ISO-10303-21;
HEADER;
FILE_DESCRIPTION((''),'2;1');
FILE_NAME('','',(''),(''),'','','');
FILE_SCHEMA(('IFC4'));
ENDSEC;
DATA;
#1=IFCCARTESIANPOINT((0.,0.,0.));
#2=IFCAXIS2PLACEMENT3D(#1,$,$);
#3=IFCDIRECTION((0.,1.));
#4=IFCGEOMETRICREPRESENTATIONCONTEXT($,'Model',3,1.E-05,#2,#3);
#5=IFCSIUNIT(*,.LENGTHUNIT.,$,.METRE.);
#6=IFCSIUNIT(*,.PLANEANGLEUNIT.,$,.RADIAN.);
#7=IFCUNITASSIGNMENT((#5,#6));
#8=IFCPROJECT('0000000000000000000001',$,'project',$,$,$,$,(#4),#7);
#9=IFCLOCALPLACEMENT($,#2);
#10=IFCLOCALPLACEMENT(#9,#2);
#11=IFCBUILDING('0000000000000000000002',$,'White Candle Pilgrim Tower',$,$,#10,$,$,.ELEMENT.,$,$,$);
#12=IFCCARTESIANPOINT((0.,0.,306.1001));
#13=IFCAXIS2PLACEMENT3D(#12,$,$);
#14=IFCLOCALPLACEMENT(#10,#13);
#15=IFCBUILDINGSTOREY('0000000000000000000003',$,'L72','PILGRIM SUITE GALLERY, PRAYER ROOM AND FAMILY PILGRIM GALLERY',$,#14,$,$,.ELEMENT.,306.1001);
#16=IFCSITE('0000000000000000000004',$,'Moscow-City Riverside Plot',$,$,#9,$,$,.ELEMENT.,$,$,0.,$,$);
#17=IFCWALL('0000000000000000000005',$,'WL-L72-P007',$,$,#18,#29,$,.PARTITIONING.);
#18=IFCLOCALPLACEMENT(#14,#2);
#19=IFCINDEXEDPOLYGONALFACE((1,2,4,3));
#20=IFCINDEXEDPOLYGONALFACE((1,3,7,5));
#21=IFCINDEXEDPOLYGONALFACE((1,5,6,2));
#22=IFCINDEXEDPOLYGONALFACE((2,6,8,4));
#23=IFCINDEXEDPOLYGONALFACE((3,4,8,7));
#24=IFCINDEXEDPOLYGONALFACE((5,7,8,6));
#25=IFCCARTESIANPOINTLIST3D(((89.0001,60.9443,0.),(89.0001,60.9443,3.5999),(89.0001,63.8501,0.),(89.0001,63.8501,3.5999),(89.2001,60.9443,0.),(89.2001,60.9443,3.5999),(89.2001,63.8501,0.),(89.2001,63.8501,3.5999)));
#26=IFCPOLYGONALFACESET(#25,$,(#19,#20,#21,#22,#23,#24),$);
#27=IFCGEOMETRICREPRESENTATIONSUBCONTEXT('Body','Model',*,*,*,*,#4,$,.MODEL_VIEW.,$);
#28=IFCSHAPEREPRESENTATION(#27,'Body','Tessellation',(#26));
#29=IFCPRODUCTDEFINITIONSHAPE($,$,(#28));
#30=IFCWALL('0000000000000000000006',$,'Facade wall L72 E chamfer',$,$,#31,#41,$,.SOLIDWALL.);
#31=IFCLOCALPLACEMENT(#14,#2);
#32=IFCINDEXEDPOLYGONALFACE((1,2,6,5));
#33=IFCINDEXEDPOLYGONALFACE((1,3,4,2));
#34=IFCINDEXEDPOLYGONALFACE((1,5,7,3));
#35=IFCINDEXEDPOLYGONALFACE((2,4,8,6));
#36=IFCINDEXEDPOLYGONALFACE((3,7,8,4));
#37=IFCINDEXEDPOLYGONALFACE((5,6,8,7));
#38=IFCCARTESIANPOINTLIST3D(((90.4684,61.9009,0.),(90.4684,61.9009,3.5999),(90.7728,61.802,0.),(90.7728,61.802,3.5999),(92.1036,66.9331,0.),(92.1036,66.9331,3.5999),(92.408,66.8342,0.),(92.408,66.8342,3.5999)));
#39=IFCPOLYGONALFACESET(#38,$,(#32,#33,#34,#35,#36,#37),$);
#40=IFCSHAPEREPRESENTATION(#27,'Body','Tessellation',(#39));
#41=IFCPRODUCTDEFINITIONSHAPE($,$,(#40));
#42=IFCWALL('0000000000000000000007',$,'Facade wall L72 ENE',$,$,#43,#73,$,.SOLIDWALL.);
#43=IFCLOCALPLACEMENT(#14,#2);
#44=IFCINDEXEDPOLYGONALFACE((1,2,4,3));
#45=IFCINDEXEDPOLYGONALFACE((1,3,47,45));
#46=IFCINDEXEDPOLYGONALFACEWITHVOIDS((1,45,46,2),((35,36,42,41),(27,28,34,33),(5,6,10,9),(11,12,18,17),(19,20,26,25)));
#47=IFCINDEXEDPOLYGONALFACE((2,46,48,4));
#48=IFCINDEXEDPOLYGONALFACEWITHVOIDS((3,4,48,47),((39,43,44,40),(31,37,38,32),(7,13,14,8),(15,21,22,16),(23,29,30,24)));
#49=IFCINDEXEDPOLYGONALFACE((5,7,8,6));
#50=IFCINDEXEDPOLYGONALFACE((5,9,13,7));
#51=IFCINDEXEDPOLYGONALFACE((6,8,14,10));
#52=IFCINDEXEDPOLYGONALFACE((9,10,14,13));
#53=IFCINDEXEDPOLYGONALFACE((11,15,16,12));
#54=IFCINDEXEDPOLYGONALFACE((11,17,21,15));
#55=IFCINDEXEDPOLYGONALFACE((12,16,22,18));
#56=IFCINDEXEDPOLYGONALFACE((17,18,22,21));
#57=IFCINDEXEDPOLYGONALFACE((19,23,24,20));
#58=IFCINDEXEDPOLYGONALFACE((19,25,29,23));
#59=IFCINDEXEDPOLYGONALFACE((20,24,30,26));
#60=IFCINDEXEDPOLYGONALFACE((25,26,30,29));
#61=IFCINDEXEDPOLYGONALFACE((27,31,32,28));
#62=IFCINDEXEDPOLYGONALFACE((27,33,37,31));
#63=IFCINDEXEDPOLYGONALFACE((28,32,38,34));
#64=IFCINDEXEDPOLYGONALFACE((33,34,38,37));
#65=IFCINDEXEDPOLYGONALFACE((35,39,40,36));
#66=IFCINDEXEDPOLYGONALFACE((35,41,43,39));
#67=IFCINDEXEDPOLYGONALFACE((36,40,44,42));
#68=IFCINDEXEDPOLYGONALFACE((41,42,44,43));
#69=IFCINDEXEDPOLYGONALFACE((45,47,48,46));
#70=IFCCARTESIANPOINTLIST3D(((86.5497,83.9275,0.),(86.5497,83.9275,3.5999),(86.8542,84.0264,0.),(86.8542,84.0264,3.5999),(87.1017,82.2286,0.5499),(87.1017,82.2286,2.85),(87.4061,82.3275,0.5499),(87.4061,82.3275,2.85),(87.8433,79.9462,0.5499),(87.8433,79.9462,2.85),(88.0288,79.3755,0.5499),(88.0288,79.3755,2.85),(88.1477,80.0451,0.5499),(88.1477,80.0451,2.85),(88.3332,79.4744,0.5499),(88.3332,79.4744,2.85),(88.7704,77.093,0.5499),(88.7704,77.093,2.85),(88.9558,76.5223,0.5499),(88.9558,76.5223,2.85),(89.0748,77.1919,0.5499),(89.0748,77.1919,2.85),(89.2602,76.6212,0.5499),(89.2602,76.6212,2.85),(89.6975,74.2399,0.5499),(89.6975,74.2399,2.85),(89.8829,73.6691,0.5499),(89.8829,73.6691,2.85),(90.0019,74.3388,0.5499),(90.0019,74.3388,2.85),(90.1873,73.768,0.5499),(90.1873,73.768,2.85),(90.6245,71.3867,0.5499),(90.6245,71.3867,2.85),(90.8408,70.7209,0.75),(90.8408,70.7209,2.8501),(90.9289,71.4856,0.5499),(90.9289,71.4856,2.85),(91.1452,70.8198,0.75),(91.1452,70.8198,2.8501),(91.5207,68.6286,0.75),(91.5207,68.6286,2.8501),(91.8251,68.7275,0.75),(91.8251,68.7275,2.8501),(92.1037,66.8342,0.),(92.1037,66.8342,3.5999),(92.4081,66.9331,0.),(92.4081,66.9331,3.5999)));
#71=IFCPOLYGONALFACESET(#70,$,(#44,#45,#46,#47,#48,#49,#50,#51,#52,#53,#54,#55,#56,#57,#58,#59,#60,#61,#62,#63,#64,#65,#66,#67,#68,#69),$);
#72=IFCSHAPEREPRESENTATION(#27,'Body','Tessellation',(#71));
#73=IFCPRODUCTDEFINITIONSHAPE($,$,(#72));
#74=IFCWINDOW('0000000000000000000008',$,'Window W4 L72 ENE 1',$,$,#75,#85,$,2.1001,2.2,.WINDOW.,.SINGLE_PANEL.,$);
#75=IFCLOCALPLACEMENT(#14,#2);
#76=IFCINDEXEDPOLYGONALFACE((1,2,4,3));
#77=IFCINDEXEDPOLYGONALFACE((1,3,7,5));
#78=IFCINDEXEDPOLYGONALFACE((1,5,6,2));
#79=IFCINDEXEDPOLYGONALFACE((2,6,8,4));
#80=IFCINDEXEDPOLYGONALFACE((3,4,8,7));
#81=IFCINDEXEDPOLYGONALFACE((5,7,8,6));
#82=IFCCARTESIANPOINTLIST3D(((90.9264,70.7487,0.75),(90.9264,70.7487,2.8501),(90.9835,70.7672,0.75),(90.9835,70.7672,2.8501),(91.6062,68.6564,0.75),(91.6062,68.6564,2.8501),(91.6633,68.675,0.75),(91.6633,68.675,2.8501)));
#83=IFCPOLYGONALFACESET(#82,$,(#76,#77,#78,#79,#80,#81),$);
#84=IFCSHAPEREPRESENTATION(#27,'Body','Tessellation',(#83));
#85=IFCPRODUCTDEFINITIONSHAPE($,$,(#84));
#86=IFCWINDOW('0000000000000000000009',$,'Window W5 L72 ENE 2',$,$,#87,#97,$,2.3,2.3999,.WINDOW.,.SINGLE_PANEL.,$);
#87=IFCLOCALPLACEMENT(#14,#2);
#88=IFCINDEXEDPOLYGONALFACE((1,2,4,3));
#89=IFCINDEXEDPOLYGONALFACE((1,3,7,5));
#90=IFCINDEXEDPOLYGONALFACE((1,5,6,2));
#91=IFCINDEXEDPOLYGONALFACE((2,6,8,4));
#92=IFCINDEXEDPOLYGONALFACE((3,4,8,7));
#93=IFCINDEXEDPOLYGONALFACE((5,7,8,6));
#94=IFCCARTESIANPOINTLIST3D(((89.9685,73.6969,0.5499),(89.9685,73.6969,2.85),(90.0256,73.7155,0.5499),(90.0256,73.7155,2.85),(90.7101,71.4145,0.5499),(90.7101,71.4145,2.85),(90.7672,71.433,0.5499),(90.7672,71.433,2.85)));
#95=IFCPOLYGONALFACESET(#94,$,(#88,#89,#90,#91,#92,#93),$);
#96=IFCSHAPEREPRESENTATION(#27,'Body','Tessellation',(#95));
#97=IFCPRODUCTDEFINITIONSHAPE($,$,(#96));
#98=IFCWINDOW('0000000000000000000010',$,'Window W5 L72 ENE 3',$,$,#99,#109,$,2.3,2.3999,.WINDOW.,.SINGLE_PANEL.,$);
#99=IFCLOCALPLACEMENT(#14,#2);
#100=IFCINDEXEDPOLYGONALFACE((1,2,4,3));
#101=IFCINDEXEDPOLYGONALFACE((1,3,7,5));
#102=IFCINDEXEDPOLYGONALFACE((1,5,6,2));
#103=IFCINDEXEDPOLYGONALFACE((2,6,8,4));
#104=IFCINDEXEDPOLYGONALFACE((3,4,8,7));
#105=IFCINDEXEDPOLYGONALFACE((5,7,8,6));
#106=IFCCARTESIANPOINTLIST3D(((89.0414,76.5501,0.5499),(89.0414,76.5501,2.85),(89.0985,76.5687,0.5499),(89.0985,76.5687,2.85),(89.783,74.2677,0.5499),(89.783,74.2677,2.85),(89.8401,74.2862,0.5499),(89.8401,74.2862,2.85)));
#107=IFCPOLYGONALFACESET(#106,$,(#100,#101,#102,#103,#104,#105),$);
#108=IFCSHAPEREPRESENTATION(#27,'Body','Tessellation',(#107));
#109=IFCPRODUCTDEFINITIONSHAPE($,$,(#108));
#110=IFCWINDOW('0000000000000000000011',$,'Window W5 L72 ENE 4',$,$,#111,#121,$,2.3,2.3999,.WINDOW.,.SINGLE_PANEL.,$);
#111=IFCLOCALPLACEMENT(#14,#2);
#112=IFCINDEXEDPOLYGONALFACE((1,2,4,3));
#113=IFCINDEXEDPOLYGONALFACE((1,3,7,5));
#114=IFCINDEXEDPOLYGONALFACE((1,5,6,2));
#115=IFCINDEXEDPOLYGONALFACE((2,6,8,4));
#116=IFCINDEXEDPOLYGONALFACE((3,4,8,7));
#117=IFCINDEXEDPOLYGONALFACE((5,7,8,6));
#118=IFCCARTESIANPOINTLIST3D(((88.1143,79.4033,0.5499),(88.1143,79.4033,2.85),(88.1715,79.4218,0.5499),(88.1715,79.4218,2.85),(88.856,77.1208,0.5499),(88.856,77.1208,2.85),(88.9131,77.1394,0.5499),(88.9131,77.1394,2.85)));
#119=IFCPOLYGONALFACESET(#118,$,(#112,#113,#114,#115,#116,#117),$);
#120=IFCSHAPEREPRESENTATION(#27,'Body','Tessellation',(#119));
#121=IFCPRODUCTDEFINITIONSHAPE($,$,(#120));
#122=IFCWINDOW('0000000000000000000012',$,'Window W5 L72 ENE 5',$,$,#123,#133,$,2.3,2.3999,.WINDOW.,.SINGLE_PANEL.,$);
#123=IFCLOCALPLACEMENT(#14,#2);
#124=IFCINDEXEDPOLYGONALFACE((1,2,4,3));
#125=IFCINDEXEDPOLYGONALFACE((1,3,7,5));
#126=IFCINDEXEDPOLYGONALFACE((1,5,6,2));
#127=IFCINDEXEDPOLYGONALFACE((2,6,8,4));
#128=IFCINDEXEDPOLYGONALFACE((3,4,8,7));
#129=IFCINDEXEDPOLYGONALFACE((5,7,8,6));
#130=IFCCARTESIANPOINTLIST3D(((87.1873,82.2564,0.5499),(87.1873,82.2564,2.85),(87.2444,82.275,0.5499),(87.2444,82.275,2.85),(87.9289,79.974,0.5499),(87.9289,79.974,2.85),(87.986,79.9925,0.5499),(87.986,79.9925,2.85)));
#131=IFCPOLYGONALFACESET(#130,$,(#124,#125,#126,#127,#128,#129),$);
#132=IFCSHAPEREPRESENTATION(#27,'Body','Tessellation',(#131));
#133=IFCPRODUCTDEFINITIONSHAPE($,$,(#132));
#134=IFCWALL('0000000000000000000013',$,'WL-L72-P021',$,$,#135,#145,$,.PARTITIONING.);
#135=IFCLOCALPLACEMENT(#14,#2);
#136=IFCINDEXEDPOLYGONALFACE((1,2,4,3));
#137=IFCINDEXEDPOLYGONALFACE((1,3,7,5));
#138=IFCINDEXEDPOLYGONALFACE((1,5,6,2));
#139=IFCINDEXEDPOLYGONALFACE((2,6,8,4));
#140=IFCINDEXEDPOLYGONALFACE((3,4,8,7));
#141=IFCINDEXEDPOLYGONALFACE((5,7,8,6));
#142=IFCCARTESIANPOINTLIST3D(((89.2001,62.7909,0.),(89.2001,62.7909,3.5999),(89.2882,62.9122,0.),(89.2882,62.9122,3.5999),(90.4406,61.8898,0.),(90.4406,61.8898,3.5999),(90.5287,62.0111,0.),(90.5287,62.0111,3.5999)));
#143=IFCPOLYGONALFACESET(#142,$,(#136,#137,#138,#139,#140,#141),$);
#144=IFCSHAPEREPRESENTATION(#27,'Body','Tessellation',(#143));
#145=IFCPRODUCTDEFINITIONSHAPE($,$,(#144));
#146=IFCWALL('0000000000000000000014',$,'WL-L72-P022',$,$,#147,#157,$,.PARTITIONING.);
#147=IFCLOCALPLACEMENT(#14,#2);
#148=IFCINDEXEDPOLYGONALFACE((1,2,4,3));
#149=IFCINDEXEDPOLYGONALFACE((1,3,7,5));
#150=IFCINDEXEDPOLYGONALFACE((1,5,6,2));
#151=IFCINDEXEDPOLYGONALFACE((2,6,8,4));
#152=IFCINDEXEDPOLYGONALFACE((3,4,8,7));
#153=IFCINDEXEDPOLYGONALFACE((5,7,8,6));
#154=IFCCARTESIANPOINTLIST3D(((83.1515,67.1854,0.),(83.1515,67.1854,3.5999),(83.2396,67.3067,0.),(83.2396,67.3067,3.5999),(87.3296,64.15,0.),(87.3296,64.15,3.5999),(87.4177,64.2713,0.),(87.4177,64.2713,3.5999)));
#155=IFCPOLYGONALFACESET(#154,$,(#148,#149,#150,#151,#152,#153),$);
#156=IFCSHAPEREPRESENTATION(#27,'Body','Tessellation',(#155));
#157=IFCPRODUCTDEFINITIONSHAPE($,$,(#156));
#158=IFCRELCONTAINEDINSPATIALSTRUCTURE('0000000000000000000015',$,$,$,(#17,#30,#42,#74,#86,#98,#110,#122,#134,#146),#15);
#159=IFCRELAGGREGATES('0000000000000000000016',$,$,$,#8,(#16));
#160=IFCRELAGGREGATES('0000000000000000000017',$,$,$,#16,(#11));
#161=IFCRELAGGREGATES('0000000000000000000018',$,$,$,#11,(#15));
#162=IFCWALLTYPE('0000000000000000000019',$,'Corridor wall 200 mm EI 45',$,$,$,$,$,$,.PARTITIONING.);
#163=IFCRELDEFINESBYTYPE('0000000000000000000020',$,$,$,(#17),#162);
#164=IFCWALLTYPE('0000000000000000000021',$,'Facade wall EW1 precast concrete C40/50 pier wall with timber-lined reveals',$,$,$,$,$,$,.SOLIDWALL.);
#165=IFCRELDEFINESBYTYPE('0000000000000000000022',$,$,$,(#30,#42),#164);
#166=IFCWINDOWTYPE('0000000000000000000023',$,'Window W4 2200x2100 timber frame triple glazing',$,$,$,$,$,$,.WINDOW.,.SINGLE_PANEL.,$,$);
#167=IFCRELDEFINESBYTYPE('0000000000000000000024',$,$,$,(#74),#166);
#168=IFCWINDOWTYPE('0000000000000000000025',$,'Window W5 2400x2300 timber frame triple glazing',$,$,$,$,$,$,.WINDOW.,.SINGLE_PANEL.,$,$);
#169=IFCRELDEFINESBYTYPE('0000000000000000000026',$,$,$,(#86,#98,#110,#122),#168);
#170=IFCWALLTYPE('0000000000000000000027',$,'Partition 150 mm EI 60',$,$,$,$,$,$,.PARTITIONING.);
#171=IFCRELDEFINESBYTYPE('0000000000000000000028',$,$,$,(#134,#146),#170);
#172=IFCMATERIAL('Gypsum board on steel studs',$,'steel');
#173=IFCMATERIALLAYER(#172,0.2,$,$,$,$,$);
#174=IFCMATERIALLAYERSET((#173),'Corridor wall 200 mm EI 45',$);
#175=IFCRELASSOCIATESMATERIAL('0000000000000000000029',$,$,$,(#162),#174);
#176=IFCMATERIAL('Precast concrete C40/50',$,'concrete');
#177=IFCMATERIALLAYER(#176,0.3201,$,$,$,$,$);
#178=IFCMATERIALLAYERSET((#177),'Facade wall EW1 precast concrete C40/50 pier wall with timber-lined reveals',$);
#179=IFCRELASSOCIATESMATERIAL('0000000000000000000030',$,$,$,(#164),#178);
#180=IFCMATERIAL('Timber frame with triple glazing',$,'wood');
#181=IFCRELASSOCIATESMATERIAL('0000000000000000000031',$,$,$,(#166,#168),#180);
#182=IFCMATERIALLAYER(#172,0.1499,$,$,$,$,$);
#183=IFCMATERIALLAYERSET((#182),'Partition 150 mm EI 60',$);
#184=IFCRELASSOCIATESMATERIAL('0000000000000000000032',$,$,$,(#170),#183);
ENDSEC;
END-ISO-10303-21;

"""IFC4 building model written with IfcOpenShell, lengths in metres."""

from ifc_helpers import new_model, si_unit, direction, frame, frame_2d, origin, place, context, subcontext, project, spatial, rectangle, extrude, material, layer, layer_set, type_object, element, fill, save


model = new_model("IFC4")

# Units and contexts
model_context = context("Model", 3, precision=1e-05, world=origin(), true_north=direction((0.0, 1.0)))
body_context = subcontext(model_context, "Body", "Model", "MODEL_VIEW")
ifc_project = project(units=[si_unit("LENGTHUNIT", "METRE"), si_unit("PLANEANGLEUNIT", "RADIAN")], contexts=[model_context])

# Site, building, storey
site_placement = place(None, origin())
site = spatial("IfcSite", under=ifc_project, at=site_placement, Name="Moscow-City Riverside Plot", CompositionType="ELEMENT", RefElevation=0.0)
building_placement = place(site_placement, origin())
building = spatial("IfcBuilding", under=site, at=building_placement, Name="White Candle Pilgrim Tower", CompositionType="ELEMENT")
storey_placement = place(building_placement, frame((0.0, 0.0, 306.1001)))
storey = spatial("IfcBuildingStorey", under=building, at=storey_placement, Name="L72", Description="PILGRIM SUITE GALLERY, PRAYER ROOM AND FAMILY PILGRIM GALLERY", CompositionType="ELEMENT", Elevation=306.1001)

# Shared definitions
ifc_material_1 = material(Name="Gypsum board on steel studs", Category="steel")
ifc_layer_1 = layer(ifc_material_1, 0.2)
ifc_layer_set_1 = layer_set([ifc_layer_1], Name="Corridor wall 200 mm EI 45")
wall_type_1 = type_object("IfcWallType", Name="Corridor wall 200 mm EI 45", PredefinedType="PARTITIONING", material=ifc_layer_set_1)

# Walls
wall_1_placement = place(storey_placement, frame((89.1001, 63.8501, 0.0), z_axis=(0.0, 0.0, 1.0), x_axis=(0.0, -1.0, 0.0)))
element("IfcWall", 1, at=wall_1_placement, inside=storey, type_object=wall_type_1, Name="WL-L72-P007", PredefinedType="PARTITIONING", context=body_context, shape_type="SweptSolid", body=[
    extrude(rectangle(XDim=2.9058, YDim=0.2, at=frame_2d((1.4529, 0.0))), origin(), (0.0, 0.0, 1.0), 3.5999),
])
ifc_material_2 = material(Name="Precast concrete C40/50", Category="concrete")
ifc_layer_2 = layer(ifc_material_2, 0.3201)
ifc_layer_set_2 = layer_set([ifc_layer_2], Name="Facade wall EW1 precast concrete C40/50 pier wall with timber-lined reveals")
wall_type_2 = type_object("IfcWallType", Name="Facade wall EW1 precast concrete C40/50 pier wall with timber-lined reveals", PredefinedType="SOLIDWALL", material=ifc_layer_set_2)
wall_2_placement = place(storey_placement, frame((90.6206, 61.8516, 0.0), z_axis=(0.0, 0.0, 1.0), x_axis=(0.309049, 0.951046, 0.0)))
element("IfcWall", 2, at=wall_2_placement, inside=storey, type_object=wall_type_2, Name="Facade wall L72 E chamfer", PredefinedType="SOLIDWALL", context=body_context, shape_type="SweptSolid", body=[
    extrude(rectangle(XDim=5.2913, YDim=0.3201, at=frame_2d((2.6455, 0.0))), origin(), (0.0, 0.0, 1.0), 3.5999),
])

# Wall, openings, windows
wall_3_placement = place(storey_placement, frame((92.2559, 66.8838, 0.0), z_axis=(0.0, 0.0, 1.0), x_axis=(-0.309018, 0.951056, 0.0)))
wall_3 = element("IfcWall", 3, at=wall_3_placement, inside=storey, type_object=wall_type_2, Name="Facade wall L72 ENE", PredefinedType="SOLIDWALL", context=body_context, shape_type="SweptSolid", body=[
    extrude(rectangle(XDim=17.9729, YDim=0.3201, at=frame_2d((8.9863, 0.0))), origin(), (0.0, 0.0, 1.0), 3.5999),
])
opening_1_placement = place(wall_3_placement, frame((1.8865, 0.0, 0.75)))
opening_1 = element("IfcOpeningElement", 4, at=opening_1_placement, cuts=wall_3, PredefinedType="OPENING", context=body_context, shape_type="SweptSolid", body=[
    extrude(rectangle(XDim=2.2, YDim=2.1001, at=frame_2d((1.1001, 1.05))), frame((0.0, 0.1699, 0.0), z_axis=(0.0, -1.0, 0.0), x_axis=(1.0, 0.0, 0.0)), (0.0, 0.0, 1.0), 0.3401),
])
opening_2_placement = place(wall_3_placement, frame((4.7866, 0.0, 0.55)))
opening_2 = element("IfcOpeningElement", 5, at=opening_2_placement, cuts=wall_3, PredefinedType="OPENING", context=body_context, shape_type="SweptSolid", body=[
    extrude(rectangle(XDim=2.3999, YDim=2.3, at=frame_2d((1.2, 1.1499))), frame((0.0, 0.1699, 0.0), z_axis=(0.0, -1.0, 0.0), x_axis=(1.0, 0.0, 0.0)), (0.0, 0.0, 1.0), 0.3401),
])
opening_3_placement = place(wall_3_placement, frame((7.7866, 0.0, 0.55)))
opening_3 = element("IfcOpeningElement", 6, at=opening_3_placement, cuts=wall_3, PredefinedType="OPENING", context=body_context, shape_type="SweptSolid", body=[
    extrude(rectangle(XDim=2.3999, YDim=2.3, at=frame_2d((1.2, 1.1499))), frame((0.0, 0.1699, 0.0), z_axis=(0.0, -1.0, 0.0), x_axis=(1.0, 0.0, 0.0)), (0.0, 0.0, 1.0), 0.3401),
])
opening_4_placement = place(wall_3_placement, frame((10.7866, 0.0, 0.55)))
opening_4 = element("IfcOpeningElement", 7, at=opening_4_placement, cuts=wall_3, PredefinedType="OPENING", context=body_context, shape_type="SweptSolid", body=[
    extrude(rectangle(XDim=2.3999, YDim=2.3, at=frame_2d((1.2, 1.1499))), frame((0.0, 0.1699, 0.0), z_axis=(0.0, -1.0, 0.0), x_axis=(1.0, 0.0, 0.0)), (0.0, 0.0, 1.0), 0.3401),
])
opening_5_placement = place(wall_3_placement, frame((13.7866, 0.0, 0.55)))
opening_5 = element("IfcOpeningElement", 8, at=opening_5_placement, cuts=wall_3, PredefinedType="OPENING", context=body_context, shape_type="SweptSolid", body=[
    extrude(rectangle(XDim=2.3999, YDim=2.3, at=frame_2d((1.2, 1.1499))), frame((0.0, 0.1699, 0.0), z_axis=(0.0, -1.0, 0.0), x_axis=(1.0, 0.0, 0.0)), (0.0, 0.0, 1.0), 0.3401),
])
ifc_material_3 = material(Name="Timber frame with triple glazing", Category="wood")
window_type_1 = type_object("IfcWindowType", Name="Window W4 2200x2100 timber frame triple glazing", PartitioningType="SINGLE_PANEL", PredefinedType="WINDOW", material=ifc_material_3)
window_1_placement = place(opening_1_placement, origin())
window_1 = element("IfcWindow", 9, at=window_1_placement, inside=storey, type_object=window_type_1, Name="Window W4 L72 ENE 1", OverallHeight=2.1001, OverallWidth=2.2, PartitioningType="SINGLE_PANEL", PredefinedType="WINDOW", context=body_context, shape_type="SweptSolid", body=[
    extrude(rectangle(XDim=2.2, YDim=2.1001, at=frame_2d((1.1001, 1.05))), frame((0.0, 0.0701, 0.0), z_axis=(0.0, -1.0, 0.0), x_axis=(1.0, 0.0, 0.0)), (0.0, 0.0, 1.0), 0.0601),
])
fill(opening_1, window_1)
window_type_2 = type_object("IfcWindowType", Name="Window W5 2400x2300 timber frame triple glazing", PartitioningType="SINGLE_PANEL", PredefinedType="WINDOW", material=ifc_material_3)
window_2_placement = place(opening_2_placement, origin())
window_2 = element("IfcWindow", 10, at=window_2_placement, inside=storey, type_object=window_type_2, Name="Window W5 L72 ENE 2", OverallHeight=2.3, OverallWidth=2.3999, PartitioningType="SINGLE_PANEL", PredefinedType="WINDOW", context=body_context, shape_type="SweptSolid", body=[
    extrude(rectangle(XDim=2.3999, YDim=2.3, at=frame_2d((1.2, 1.1499))), frame((0.0, 0.0701, 0.0), z_axis=(0.0, -1.0, 0.0), x_axis=(1.0, 0.0, 0.0)), (0.0, 0.0, 1.0), 0.0601),
])
fill(opening_2, window_2)
window_3_placement = place(opening_3_placement, origin())
window_3 = element("IfcWindow", 11, at=window_3_placement, inside=storey, type_object=window_type_2, Name="Window W5 L72 ENE 3", OverallHeight=2.3, OverallWidth=2.3999, PartitioningType="SINGLE_PANEL", PredefinedType="WINDOW", context=body_context, shape_type="SweptSolid", body=[
    extrude(rectangle(XDim=2.3999, YDim=2.3, at=frame_2d((1.2, 1.1499))), frame((0.0, 0.0701, 0.0), z_axis=(0.0, -1.0, 0.0), x_axis=(1.0, 0.0, 0.0)), (0.0, 0.0, 1.0), 0.0601),
])
fill(opening_3, window_3)
window_4_placement = place(opening_4_placement, origin())
window_4 = element("IfcWindow", 12, at=window_4_placement, inside=storey, type_object=window_type_2, Name="Window W5 L72 ENE 4", OverallHeight=2.3, OverallWidth=2.3999, PartitioningType="SINGLE_PANEL", PredefinedType="WINDOW", context=body_context, shape_type="SweptSolid", body=[
    extrude(rectangle(XDim=2.3999, YDim=2.3, at=frame_2d((1.2, 1.1499))), frame((0.0, 0.0701, 0.0), z_axis=(0.0, -1.0, 0.0), x_axis=(1.0, 0.0, 0.0)), (0.0, 0.0, 1.0), 0.0601),
])
fill(opening_4, window_4)
window_5_placement = place(opening_5_placement, origin())
window_5 = element("IfcWindow", 13, at=window_5_placement, inside=storey, type_object=window_type_2, Name="Window W5 L72 ENE 5", OverallHeight=2.3, OverallWidth=2.3999, PartitioningType="SINGLE_PANEL", PredefinedType="WINDOW", context=body_context, shape_type="SweptSolid", body=[
    extrude(rectangle(XDim=2.3999, YDim=2.3, at=frame_2d((1.2, 1.1499))), frame((0.0, 0.0701, 0.0), z_axis=(0.0, -1.0, 0.0), x_axis=(1.0, 0.0, 0.0)), (0.0, 0.0, 1.0), 0.0601),
])
fill(opening_5, window_5)

# Walls
ifc_layer_3 = layer(ifc_material_1, 0.1499)
ifc_layer_set_3 = layer_set([ifc_layer_3], Name="Partition 150 mm EI 60")
wall_type_3 = type_object("IfcWallType", Name="Partition 150 mm EI 60", PredefinedType="PARTITIONING", material=ifc_layer_set_3)
wall_4_placement = place(storey_placement, frame((90.4846, 61.9504, 0.0), z_axis=(0.0, 0.0, 1.0), x_axis=(-0.80906, 0.587727, 0.0)))
element("IfcWall", 14, at=wall_4_placement, inside=storey, type_object=wall_type_3, Name="WL-L72-P021", PredefinedType="PARTITIONING", context=body_context, shape_type="SweptSolid", body=[
    extrude(rectangle(XDim=1.5332, YDim=0.1499, at=frame_2d((0.7666, 0.0))), origin(), (0.0, 0.0, 1.0), 3.5999),
])
wall_5_placement = place(storey_placement, frame((87.3735, 64.2107, 0.0), z_axis=(0.0, 0.0, 1.0), x_axis=(-0.809024, 0.587775, 0.0)))
element("IfcWall", 15, at=wall_5_placement, inside=storey, type_object=wall_type_3, Name="WL-L72-P022", PredefinedType="PARTITIONING", context=body_context, shape_type="SweptSolid", body=[
    extrude(rectangle(XDim=5.1643, YDim=0.1499, at=frame_2d((2.582, 0.0))), origin(), (0.0, 0.0, 1.0), 3.5999),
])

save(model, "model.ifc")
